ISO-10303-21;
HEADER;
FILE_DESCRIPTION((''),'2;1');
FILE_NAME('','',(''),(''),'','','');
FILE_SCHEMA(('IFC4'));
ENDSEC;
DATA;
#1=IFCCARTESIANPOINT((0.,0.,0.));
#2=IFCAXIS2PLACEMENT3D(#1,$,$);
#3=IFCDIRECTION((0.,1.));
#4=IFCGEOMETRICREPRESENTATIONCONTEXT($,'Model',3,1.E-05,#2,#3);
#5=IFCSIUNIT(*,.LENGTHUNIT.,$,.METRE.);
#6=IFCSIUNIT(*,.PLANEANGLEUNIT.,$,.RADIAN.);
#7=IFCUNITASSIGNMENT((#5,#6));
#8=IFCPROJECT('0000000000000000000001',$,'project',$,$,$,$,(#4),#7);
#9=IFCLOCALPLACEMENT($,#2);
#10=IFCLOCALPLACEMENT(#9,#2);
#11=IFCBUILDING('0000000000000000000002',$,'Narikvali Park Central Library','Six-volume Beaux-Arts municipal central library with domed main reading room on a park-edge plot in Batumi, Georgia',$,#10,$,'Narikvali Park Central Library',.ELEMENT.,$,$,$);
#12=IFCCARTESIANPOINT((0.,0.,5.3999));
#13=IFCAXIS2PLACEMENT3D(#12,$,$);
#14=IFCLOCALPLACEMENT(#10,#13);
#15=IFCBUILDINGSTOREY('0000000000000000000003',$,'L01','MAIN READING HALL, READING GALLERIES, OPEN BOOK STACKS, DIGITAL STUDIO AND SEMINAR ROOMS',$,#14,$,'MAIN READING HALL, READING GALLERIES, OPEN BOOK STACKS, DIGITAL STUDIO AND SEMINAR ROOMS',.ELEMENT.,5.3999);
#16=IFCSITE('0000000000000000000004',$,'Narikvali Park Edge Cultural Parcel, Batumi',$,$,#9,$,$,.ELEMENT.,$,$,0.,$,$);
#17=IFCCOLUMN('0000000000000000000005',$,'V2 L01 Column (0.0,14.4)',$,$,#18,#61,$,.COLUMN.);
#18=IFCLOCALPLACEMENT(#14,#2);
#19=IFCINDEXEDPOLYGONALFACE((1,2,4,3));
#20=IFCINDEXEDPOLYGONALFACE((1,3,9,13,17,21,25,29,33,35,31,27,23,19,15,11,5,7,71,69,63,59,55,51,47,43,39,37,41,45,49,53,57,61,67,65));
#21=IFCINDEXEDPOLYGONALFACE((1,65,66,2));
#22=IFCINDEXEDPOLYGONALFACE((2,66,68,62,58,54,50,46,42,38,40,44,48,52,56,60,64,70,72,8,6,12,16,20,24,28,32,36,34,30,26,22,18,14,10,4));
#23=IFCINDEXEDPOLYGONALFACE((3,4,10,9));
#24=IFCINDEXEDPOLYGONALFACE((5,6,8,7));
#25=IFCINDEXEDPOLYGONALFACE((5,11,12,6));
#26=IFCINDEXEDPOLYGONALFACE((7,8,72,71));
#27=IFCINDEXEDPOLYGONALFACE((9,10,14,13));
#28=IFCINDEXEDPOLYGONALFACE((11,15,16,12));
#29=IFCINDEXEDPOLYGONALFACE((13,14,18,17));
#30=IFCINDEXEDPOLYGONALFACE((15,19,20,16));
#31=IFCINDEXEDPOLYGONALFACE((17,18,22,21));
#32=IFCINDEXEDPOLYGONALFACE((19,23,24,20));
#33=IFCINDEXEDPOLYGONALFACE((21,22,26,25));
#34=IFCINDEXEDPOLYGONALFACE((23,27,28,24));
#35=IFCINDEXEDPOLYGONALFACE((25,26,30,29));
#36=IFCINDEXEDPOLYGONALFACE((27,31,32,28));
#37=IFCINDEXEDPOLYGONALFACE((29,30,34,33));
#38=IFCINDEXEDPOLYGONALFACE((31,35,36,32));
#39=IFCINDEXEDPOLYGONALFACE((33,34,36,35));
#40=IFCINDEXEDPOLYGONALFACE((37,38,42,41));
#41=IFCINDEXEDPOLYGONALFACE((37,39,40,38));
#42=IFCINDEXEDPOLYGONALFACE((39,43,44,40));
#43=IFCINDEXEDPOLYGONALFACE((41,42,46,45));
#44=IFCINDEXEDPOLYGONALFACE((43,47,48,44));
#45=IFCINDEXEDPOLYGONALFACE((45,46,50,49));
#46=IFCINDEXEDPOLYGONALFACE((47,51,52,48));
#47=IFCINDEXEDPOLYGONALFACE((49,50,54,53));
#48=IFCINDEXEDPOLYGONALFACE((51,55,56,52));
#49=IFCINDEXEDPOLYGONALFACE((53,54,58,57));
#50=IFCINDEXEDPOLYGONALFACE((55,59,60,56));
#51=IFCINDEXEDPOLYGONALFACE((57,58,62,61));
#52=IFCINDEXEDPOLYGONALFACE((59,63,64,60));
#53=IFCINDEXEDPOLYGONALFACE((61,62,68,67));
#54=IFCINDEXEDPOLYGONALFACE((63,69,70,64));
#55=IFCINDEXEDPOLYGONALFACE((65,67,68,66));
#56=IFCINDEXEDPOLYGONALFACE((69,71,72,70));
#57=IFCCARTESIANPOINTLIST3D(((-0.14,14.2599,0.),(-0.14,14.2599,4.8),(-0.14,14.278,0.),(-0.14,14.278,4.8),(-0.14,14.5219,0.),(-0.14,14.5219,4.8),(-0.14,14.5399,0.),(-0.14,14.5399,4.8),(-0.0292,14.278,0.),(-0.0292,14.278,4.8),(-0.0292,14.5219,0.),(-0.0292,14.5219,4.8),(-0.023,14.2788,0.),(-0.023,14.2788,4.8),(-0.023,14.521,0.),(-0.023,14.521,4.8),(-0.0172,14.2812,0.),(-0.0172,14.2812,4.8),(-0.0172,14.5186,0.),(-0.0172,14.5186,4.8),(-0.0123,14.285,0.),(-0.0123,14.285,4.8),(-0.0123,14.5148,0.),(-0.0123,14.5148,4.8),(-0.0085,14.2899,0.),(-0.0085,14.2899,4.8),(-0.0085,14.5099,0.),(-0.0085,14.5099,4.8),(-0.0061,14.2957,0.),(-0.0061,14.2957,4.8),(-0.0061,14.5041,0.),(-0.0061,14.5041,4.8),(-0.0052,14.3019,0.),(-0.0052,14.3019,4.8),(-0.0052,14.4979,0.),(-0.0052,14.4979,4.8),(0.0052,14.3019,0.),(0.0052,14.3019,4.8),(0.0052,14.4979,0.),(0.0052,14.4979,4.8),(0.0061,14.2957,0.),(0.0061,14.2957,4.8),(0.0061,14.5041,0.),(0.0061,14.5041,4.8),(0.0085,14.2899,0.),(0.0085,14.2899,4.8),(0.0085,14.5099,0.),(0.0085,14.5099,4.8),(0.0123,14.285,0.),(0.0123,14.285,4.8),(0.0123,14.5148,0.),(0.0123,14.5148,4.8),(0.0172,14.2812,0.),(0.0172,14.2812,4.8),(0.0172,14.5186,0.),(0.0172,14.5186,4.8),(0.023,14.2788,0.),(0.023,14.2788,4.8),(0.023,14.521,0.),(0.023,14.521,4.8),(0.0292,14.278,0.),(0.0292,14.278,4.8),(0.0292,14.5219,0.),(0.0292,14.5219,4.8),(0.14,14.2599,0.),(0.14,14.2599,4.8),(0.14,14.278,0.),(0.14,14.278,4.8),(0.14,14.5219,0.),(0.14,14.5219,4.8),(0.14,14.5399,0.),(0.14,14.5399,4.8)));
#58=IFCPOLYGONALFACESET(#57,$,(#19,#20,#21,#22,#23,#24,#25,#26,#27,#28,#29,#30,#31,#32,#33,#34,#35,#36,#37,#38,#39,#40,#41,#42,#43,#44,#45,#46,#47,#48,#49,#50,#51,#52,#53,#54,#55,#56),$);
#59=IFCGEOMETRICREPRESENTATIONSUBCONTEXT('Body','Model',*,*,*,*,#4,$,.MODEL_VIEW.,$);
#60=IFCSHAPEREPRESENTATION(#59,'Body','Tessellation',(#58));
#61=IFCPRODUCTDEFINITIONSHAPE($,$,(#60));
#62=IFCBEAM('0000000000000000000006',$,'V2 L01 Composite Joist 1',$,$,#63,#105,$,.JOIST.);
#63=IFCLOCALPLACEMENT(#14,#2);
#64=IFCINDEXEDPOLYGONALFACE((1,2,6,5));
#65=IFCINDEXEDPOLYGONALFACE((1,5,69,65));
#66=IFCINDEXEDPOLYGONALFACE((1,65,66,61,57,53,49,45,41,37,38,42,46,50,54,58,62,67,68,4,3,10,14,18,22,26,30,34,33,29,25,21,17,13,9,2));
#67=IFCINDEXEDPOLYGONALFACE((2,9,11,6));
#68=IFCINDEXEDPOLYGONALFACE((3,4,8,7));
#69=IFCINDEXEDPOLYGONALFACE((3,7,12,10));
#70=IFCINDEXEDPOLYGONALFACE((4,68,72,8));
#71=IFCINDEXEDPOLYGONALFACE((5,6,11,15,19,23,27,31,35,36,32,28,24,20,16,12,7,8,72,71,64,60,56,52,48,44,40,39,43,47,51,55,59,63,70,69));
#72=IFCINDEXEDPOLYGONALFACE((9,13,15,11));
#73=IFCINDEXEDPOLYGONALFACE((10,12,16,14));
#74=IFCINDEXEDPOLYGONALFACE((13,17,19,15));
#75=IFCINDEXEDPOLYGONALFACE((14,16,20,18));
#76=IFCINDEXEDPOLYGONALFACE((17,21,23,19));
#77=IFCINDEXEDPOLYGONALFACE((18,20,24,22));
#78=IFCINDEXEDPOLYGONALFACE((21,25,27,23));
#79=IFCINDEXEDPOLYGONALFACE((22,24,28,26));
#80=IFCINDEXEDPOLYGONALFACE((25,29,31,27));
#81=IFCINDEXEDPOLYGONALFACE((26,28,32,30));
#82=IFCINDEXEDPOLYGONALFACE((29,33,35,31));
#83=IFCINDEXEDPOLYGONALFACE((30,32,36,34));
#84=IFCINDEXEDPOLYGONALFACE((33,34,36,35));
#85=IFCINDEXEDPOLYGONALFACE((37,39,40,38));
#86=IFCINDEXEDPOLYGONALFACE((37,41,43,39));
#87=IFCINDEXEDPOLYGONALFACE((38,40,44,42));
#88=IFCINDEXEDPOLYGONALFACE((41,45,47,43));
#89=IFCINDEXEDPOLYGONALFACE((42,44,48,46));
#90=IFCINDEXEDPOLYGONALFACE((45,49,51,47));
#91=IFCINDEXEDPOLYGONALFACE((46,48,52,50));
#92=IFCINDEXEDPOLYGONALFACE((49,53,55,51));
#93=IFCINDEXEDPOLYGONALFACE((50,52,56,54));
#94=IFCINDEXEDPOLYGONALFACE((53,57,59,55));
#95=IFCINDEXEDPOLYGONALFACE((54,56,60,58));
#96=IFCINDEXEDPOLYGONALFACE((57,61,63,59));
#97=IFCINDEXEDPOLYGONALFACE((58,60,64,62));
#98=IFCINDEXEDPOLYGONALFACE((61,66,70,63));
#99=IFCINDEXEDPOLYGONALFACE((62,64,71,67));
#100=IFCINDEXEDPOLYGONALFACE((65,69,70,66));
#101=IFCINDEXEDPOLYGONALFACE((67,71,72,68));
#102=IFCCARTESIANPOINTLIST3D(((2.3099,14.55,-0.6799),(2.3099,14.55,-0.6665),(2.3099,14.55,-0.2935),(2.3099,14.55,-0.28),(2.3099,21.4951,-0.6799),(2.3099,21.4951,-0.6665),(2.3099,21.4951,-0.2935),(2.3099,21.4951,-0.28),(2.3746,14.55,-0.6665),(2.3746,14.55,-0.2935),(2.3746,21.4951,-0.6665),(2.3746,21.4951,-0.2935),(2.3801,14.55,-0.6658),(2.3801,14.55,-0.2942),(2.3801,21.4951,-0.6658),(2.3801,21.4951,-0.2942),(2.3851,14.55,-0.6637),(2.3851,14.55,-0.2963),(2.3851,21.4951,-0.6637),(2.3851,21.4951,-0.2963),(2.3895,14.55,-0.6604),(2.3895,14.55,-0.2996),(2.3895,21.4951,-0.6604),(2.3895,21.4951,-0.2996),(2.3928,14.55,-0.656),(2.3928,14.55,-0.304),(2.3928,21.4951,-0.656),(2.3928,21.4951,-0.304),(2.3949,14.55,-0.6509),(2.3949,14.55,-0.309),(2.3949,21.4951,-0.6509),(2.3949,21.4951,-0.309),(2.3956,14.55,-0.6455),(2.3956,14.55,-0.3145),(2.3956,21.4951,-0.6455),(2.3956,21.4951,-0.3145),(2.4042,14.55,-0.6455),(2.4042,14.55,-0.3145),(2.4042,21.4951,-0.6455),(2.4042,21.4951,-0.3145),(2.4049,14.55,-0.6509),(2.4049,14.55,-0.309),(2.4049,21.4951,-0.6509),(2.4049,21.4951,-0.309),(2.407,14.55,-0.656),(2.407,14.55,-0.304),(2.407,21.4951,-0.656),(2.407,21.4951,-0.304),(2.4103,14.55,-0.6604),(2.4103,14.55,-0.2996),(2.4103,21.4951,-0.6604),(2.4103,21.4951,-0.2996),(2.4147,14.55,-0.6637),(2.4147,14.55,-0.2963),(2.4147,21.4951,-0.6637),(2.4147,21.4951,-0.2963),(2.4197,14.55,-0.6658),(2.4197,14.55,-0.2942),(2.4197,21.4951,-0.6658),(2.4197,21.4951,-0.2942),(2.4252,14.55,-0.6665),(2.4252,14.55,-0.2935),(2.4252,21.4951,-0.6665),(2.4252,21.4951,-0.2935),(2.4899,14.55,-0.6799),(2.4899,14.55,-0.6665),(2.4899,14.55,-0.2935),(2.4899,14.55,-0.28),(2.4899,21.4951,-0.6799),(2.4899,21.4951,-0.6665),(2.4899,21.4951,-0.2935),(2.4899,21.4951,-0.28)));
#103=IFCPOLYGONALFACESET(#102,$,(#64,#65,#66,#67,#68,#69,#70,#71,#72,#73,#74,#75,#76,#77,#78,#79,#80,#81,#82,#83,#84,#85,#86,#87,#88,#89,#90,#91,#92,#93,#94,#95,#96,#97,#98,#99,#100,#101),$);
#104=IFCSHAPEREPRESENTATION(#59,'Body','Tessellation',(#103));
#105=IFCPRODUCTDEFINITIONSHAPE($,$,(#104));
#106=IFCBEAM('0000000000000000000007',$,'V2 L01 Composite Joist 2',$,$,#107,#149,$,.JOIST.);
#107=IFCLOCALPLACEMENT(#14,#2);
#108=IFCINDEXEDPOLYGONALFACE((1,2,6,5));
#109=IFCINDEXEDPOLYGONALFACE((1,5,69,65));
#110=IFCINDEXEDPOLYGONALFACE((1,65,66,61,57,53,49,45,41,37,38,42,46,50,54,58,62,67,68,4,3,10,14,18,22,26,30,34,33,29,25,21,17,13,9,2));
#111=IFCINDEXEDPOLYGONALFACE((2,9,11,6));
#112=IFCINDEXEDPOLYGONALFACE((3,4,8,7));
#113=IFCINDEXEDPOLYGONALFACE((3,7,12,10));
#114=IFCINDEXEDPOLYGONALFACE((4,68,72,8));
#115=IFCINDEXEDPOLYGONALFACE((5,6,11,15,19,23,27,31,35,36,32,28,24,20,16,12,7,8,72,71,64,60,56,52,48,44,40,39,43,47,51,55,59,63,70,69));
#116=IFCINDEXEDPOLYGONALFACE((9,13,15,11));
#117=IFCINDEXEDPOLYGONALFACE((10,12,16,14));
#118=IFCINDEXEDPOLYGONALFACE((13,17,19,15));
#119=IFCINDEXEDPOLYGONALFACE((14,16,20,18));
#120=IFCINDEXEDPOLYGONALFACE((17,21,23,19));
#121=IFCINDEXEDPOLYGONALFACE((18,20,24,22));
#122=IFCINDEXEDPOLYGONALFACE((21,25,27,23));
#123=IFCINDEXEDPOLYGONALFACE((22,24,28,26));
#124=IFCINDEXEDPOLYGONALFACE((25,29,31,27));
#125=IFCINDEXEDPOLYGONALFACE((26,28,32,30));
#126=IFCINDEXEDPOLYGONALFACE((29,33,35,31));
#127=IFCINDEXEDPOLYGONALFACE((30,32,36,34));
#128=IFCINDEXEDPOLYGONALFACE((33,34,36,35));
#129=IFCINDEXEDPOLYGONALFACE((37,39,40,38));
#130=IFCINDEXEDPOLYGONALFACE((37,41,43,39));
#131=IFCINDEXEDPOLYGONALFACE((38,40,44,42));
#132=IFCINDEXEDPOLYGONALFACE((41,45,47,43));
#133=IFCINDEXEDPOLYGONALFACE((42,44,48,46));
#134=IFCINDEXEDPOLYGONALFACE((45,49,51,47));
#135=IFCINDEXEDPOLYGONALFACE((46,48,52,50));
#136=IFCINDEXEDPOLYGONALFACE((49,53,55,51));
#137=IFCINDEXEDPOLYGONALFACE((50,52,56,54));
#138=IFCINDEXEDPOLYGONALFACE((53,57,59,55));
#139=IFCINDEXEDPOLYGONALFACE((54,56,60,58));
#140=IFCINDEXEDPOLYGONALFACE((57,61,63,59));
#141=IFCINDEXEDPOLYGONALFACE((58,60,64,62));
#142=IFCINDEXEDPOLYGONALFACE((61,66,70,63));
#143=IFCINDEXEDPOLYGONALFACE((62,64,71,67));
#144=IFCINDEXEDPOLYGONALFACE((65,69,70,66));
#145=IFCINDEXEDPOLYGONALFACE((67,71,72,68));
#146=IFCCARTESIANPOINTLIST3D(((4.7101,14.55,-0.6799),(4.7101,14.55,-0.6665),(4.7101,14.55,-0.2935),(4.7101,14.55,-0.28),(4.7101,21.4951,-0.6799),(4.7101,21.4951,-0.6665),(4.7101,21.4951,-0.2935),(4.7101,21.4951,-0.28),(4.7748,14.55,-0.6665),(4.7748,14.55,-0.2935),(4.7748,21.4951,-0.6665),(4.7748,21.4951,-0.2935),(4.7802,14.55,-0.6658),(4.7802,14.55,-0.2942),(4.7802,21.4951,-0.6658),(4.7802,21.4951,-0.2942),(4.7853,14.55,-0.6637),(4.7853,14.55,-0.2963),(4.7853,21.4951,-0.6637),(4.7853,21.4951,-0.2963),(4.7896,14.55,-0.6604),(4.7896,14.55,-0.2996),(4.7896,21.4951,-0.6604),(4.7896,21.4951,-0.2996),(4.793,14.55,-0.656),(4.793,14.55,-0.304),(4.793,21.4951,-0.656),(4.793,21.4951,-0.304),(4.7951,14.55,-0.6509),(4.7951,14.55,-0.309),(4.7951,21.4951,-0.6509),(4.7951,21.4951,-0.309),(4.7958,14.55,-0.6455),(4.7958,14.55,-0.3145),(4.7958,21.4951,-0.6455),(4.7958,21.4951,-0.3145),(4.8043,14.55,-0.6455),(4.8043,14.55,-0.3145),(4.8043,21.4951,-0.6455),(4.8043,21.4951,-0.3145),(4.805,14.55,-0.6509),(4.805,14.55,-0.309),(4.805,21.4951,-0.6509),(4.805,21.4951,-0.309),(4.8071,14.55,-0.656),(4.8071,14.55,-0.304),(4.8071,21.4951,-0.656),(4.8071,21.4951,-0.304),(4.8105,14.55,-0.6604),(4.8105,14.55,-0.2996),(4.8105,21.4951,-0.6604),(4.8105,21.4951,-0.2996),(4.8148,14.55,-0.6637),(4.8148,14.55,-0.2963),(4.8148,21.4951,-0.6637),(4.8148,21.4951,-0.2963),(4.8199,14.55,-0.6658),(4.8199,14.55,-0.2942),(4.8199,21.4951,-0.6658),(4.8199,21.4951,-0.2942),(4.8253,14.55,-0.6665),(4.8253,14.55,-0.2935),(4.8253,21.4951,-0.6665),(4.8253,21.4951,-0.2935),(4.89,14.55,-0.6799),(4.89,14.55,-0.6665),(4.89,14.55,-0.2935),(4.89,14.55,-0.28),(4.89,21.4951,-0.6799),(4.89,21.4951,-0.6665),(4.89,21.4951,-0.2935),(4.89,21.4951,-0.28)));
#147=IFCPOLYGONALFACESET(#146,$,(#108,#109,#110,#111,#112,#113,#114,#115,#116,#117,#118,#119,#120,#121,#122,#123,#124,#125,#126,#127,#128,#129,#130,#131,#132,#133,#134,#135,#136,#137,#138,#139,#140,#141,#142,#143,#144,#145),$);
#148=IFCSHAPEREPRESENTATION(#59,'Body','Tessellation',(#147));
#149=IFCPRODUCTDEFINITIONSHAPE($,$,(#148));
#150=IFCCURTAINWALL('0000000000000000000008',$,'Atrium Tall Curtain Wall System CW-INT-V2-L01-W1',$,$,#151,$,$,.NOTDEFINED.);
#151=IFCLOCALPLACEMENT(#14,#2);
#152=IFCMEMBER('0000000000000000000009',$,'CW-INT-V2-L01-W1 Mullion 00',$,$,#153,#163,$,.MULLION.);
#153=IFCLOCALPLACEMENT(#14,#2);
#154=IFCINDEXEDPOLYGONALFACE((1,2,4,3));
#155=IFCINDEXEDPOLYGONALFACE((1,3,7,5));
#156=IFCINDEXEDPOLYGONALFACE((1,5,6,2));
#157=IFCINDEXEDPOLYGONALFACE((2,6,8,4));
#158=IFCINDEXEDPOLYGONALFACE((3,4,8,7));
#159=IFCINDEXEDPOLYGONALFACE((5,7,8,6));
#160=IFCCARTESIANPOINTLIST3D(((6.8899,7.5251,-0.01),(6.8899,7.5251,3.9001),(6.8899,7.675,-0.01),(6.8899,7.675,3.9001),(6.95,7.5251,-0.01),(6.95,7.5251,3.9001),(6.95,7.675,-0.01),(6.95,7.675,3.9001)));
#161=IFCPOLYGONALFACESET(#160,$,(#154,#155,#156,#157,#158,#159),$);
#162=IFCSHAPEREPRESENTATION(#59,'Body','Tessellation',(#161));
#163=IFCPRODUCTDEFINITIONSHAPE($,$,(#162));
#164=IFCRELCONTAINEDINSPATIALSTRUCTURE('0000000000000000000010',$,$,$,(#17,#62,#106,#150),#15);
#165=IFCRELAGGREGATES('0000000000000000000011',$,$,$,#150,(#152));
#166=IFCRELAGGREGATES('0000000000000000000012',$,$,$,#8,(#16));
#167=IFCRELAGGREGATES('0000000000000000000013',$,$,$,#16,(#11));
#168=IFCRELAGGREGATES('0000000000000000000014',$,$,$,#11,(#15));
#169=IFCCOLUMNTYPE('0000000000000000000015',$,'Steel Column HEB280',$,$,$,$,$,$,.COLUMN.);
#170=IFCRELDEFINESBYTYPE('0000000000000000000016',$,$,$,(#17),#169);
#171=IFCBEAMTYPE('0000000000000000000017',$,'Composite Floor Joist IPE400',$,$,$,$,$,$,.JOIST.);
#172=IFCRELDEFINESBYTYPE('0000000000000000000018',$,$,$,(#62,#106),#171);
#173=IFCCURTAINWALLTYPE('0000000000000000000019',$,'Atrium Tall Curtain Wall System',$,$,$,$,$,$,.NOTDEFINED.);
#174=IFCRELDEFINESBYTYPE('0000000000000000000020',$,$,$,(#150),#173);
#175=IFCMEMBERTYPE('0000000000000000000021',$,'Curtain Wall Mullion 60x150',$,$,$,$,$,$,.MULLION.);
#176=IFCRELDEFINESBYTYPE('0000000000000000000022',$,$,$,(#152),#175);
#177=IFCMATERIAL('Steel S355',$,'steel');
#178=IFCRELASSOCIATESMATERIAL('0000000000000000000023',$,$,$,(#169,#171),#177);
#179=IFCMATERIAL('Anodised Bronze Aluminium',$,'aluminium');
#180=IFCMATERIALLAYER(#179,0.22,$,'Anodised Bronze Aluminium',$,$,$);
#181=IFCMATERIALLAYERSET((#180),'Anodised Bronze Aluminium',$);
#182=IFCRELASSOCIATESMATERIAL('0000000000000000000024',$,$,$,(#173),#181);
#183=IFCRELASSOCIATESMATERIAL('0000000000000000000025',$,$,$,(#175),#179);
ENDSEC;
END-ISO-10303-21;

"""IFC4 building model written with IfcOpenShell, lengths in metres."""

from ifc_helpers import new_model, si_unit, direction, frame, origin, origin_2d, place, context, subcontext, project, spatial, rectangle, i_section, extrude, material, layer, layer_set, material_profile, profile_set, type_object, element, aggregate, save


model = new_model("IFC4")

# Units and contexts
model_context = context("Model", 3, precision=1e-05, world=origin(), true_north=direction((0.0, 1.0)))
body_context = subcontext(model_context, "Body", "Model", "MODEL_VIEW")
ifc_project = project(units=[si_unit("LENGTHUNIT", "METRE"), si_unit("PLANEANGLEUNIT", "RADIAN")], contexts=[model_context])

# Site, building, storey
site_placement = place(None, origin())
site = spatial("IfcSite", under=ifc_project, at=site_placement, Name="Narikvali Park Edge Cultural Parcel, Batumi", CompositionType="ELEMENT", RefElevation=0.0)
building_placement = place(site_placement, origin())
building = spatial("IfcBuilding", under=site, at=building_placement, Name="Narikvali Park Central Library", Description="Six-volume Beaux-Arts municipal central library with domed main reading room on a park-edge plot in Batumi, Georgia", LongName="Narikvali Park Central Library", CompositionType="ELEMENT")
storey_placement = place(building_placement, frame((0.0, 0.0, 5.3999)))
storey = spatial("IfcBuildingStorey", under=building, at=storey_placement, Name="L01", Description="MAIN READING HALL, READING GALLERIES, OPEN BOOK STACKS, DIGITAL STUDIO AND SEMINAR ROOMS", LongName="MAIN READING HALL, READING GALLERIES, OPEN BOOK STACKS, DIGITAL STUDIO AND SEMINAR ROOMS", CompositionType="ELEMENT", Elevation=5.3999)

# Column
ifc_material_1 = material(Name="Steel S355", Category="steel")
ifc_material_profile_1 = material_profile(ifc_material_1, i_section(OverallWidth=0.28, OverallDepth=0.28, WebThickness=0.0105, FlangeThickness=0.0181, FilletRadius=0.0239, at=origin_2d()), Name="HEB 280")
ifc_profile_set_1 = profile_set([ifc_material_profile_1], Name="Steel S355")
column_type = type_object("IfcColumnType", Name="Steel Column HEB280", PredefinedType="COLUMN", material=ifc_profile_set_1)
column_placement = place(storey_placement, frame((0.0, 14.3999, 0.0), z_axis=(0.0, 0.0, 1.0), x_axis=(1.0, 0.0, 0.0)))
element("IfcColumn", 1, at=column_placement, inside=storey, type_object=column_type, Name="V2 L01 Column (0.0,14.4)", PredefinedType="COLUMN", context=body_context, shape_type="SweptSolid", body=[
    extrude(i_section(OverallWidth=0.28, OverallDepth=0.28, WebThickness=0.0105, FlangeThickness=0.0181, FilletRadius=0.0239, at=origin_2d()), origin(), (0.0, 0.0, 1.0), 4.8),
])

# Beams
ifc_material_profile_2 = material_profile(ifc_material_1, i_section(OverallWidth=0.1799, OverallDepth=0.3999, WebThickness=0.0085, FlangeThickness=0.0134, FilletRadius=0.021, at=origin_2d()), Name="IPE 400")
ifc_profile_set_2 = profile_set([ifc_material_profile_2], Name="Steel S355")
beam_type_1 = type_object("IfcBeamType", Name="Composite Floor Joist IPE400", PredefinedType="JOIST", material=ifc_profile_set_2)
for number, where, z_axis, x_axis, name in (
    (2, (2.3999, 14.55, -0.48), (0.0, 1.0, 0.0), (-1.0, 0.0, 0.0), "V2 L01 Composite Joist 1"),
    (3, (4.8, 14.55, -0.48), (0.0, 1.0, 0.0), (-1.0, 0.0, 0.0), "V2 L01 Composite Joist 2"),
):
    element("IfcBeam", number, at=place(storey_placement, frame(where, z_axis=z_axis, x_axis=x_axis)), inside=storey, type_object=beam_type_1, Name=name, PredefinedType="JOIST", context=body_context, shape_type="SweptSolid", body=[
        extrude(i_section(OverallWidth=0.1799, OverallDepth=0.3999, WebThickness=0.0085, FlangeThickness=0.0134, FilletRadius=0.021, at=origin_2d()), origin(), (0.0, 0.0, 1.0), 6.9451),
    ])

# Curtain wall, member
ifc_material_2 = material(Name="Anodised Bronze Aluminium", Category="aluminium")
ifc_layer_1 = layer(ifc_material_2, 0.22, Name="Anodised Bronze Aluminium")
ifc_layer_set_1 = layer_set([ifc_layer_1], Name="Anodised Bronze Aluminium")
curtain_wall_type = type_object("IfcCurtainWallType", Name="Atrium Tall Curtain Wall System", PredefinedType="NOTDEFINED", material=ifc_layer_set_1)
curtain_wall_placement = place(storey_placement, origin())
curtain_wall = element("IfcCurtainWall", 4, at=curtain_wall_placement, inside=storey, type_object=curtain_wall_type, Name="Atrium Tall Curtain Wall System CW-INT-V2-L01-W1", PredefinedType="NOTDEFINED")
ifc_material_profile_3 = material_profile(ifc_material_2, rectangle(XDim=0.0601, YDim=0.1499, at=origin_2d()), Name="CW MULLION 60x150")
ifc_profile_set_3 = profile_set([ifc_material_profile_3], Name="Anodised Bronze Aluminium")
member_type = type_object("IfcMemberType", Name="Curtain Wall Mullion 60x150", PredefinedType="MULLION", material=ifc_profile_set_3)
member_placement = place(storey_placement, frame((6.9199, 7.6001, -0.01), z_axis=(0.0, 0.0, 1.0), x_axis=(1.0, 0.0, 0.0)))
member = element("IfcMember", 5, at=member_placement, type_object=member_type, Name="CW-INT-V2-L01-W1 Mullion 00", PredefinedType="MULLION", context=body_context, shape_type="SweptSolid", body=[
    extrude(rectangle(XDim=0.0601, YDim=0.1499, at=origin_2d()), origin(), (0.0, 0.0, 1.0), 3.9102),
])
aggregate(curtain_wall, [member])

save(model, "model.ifc")
